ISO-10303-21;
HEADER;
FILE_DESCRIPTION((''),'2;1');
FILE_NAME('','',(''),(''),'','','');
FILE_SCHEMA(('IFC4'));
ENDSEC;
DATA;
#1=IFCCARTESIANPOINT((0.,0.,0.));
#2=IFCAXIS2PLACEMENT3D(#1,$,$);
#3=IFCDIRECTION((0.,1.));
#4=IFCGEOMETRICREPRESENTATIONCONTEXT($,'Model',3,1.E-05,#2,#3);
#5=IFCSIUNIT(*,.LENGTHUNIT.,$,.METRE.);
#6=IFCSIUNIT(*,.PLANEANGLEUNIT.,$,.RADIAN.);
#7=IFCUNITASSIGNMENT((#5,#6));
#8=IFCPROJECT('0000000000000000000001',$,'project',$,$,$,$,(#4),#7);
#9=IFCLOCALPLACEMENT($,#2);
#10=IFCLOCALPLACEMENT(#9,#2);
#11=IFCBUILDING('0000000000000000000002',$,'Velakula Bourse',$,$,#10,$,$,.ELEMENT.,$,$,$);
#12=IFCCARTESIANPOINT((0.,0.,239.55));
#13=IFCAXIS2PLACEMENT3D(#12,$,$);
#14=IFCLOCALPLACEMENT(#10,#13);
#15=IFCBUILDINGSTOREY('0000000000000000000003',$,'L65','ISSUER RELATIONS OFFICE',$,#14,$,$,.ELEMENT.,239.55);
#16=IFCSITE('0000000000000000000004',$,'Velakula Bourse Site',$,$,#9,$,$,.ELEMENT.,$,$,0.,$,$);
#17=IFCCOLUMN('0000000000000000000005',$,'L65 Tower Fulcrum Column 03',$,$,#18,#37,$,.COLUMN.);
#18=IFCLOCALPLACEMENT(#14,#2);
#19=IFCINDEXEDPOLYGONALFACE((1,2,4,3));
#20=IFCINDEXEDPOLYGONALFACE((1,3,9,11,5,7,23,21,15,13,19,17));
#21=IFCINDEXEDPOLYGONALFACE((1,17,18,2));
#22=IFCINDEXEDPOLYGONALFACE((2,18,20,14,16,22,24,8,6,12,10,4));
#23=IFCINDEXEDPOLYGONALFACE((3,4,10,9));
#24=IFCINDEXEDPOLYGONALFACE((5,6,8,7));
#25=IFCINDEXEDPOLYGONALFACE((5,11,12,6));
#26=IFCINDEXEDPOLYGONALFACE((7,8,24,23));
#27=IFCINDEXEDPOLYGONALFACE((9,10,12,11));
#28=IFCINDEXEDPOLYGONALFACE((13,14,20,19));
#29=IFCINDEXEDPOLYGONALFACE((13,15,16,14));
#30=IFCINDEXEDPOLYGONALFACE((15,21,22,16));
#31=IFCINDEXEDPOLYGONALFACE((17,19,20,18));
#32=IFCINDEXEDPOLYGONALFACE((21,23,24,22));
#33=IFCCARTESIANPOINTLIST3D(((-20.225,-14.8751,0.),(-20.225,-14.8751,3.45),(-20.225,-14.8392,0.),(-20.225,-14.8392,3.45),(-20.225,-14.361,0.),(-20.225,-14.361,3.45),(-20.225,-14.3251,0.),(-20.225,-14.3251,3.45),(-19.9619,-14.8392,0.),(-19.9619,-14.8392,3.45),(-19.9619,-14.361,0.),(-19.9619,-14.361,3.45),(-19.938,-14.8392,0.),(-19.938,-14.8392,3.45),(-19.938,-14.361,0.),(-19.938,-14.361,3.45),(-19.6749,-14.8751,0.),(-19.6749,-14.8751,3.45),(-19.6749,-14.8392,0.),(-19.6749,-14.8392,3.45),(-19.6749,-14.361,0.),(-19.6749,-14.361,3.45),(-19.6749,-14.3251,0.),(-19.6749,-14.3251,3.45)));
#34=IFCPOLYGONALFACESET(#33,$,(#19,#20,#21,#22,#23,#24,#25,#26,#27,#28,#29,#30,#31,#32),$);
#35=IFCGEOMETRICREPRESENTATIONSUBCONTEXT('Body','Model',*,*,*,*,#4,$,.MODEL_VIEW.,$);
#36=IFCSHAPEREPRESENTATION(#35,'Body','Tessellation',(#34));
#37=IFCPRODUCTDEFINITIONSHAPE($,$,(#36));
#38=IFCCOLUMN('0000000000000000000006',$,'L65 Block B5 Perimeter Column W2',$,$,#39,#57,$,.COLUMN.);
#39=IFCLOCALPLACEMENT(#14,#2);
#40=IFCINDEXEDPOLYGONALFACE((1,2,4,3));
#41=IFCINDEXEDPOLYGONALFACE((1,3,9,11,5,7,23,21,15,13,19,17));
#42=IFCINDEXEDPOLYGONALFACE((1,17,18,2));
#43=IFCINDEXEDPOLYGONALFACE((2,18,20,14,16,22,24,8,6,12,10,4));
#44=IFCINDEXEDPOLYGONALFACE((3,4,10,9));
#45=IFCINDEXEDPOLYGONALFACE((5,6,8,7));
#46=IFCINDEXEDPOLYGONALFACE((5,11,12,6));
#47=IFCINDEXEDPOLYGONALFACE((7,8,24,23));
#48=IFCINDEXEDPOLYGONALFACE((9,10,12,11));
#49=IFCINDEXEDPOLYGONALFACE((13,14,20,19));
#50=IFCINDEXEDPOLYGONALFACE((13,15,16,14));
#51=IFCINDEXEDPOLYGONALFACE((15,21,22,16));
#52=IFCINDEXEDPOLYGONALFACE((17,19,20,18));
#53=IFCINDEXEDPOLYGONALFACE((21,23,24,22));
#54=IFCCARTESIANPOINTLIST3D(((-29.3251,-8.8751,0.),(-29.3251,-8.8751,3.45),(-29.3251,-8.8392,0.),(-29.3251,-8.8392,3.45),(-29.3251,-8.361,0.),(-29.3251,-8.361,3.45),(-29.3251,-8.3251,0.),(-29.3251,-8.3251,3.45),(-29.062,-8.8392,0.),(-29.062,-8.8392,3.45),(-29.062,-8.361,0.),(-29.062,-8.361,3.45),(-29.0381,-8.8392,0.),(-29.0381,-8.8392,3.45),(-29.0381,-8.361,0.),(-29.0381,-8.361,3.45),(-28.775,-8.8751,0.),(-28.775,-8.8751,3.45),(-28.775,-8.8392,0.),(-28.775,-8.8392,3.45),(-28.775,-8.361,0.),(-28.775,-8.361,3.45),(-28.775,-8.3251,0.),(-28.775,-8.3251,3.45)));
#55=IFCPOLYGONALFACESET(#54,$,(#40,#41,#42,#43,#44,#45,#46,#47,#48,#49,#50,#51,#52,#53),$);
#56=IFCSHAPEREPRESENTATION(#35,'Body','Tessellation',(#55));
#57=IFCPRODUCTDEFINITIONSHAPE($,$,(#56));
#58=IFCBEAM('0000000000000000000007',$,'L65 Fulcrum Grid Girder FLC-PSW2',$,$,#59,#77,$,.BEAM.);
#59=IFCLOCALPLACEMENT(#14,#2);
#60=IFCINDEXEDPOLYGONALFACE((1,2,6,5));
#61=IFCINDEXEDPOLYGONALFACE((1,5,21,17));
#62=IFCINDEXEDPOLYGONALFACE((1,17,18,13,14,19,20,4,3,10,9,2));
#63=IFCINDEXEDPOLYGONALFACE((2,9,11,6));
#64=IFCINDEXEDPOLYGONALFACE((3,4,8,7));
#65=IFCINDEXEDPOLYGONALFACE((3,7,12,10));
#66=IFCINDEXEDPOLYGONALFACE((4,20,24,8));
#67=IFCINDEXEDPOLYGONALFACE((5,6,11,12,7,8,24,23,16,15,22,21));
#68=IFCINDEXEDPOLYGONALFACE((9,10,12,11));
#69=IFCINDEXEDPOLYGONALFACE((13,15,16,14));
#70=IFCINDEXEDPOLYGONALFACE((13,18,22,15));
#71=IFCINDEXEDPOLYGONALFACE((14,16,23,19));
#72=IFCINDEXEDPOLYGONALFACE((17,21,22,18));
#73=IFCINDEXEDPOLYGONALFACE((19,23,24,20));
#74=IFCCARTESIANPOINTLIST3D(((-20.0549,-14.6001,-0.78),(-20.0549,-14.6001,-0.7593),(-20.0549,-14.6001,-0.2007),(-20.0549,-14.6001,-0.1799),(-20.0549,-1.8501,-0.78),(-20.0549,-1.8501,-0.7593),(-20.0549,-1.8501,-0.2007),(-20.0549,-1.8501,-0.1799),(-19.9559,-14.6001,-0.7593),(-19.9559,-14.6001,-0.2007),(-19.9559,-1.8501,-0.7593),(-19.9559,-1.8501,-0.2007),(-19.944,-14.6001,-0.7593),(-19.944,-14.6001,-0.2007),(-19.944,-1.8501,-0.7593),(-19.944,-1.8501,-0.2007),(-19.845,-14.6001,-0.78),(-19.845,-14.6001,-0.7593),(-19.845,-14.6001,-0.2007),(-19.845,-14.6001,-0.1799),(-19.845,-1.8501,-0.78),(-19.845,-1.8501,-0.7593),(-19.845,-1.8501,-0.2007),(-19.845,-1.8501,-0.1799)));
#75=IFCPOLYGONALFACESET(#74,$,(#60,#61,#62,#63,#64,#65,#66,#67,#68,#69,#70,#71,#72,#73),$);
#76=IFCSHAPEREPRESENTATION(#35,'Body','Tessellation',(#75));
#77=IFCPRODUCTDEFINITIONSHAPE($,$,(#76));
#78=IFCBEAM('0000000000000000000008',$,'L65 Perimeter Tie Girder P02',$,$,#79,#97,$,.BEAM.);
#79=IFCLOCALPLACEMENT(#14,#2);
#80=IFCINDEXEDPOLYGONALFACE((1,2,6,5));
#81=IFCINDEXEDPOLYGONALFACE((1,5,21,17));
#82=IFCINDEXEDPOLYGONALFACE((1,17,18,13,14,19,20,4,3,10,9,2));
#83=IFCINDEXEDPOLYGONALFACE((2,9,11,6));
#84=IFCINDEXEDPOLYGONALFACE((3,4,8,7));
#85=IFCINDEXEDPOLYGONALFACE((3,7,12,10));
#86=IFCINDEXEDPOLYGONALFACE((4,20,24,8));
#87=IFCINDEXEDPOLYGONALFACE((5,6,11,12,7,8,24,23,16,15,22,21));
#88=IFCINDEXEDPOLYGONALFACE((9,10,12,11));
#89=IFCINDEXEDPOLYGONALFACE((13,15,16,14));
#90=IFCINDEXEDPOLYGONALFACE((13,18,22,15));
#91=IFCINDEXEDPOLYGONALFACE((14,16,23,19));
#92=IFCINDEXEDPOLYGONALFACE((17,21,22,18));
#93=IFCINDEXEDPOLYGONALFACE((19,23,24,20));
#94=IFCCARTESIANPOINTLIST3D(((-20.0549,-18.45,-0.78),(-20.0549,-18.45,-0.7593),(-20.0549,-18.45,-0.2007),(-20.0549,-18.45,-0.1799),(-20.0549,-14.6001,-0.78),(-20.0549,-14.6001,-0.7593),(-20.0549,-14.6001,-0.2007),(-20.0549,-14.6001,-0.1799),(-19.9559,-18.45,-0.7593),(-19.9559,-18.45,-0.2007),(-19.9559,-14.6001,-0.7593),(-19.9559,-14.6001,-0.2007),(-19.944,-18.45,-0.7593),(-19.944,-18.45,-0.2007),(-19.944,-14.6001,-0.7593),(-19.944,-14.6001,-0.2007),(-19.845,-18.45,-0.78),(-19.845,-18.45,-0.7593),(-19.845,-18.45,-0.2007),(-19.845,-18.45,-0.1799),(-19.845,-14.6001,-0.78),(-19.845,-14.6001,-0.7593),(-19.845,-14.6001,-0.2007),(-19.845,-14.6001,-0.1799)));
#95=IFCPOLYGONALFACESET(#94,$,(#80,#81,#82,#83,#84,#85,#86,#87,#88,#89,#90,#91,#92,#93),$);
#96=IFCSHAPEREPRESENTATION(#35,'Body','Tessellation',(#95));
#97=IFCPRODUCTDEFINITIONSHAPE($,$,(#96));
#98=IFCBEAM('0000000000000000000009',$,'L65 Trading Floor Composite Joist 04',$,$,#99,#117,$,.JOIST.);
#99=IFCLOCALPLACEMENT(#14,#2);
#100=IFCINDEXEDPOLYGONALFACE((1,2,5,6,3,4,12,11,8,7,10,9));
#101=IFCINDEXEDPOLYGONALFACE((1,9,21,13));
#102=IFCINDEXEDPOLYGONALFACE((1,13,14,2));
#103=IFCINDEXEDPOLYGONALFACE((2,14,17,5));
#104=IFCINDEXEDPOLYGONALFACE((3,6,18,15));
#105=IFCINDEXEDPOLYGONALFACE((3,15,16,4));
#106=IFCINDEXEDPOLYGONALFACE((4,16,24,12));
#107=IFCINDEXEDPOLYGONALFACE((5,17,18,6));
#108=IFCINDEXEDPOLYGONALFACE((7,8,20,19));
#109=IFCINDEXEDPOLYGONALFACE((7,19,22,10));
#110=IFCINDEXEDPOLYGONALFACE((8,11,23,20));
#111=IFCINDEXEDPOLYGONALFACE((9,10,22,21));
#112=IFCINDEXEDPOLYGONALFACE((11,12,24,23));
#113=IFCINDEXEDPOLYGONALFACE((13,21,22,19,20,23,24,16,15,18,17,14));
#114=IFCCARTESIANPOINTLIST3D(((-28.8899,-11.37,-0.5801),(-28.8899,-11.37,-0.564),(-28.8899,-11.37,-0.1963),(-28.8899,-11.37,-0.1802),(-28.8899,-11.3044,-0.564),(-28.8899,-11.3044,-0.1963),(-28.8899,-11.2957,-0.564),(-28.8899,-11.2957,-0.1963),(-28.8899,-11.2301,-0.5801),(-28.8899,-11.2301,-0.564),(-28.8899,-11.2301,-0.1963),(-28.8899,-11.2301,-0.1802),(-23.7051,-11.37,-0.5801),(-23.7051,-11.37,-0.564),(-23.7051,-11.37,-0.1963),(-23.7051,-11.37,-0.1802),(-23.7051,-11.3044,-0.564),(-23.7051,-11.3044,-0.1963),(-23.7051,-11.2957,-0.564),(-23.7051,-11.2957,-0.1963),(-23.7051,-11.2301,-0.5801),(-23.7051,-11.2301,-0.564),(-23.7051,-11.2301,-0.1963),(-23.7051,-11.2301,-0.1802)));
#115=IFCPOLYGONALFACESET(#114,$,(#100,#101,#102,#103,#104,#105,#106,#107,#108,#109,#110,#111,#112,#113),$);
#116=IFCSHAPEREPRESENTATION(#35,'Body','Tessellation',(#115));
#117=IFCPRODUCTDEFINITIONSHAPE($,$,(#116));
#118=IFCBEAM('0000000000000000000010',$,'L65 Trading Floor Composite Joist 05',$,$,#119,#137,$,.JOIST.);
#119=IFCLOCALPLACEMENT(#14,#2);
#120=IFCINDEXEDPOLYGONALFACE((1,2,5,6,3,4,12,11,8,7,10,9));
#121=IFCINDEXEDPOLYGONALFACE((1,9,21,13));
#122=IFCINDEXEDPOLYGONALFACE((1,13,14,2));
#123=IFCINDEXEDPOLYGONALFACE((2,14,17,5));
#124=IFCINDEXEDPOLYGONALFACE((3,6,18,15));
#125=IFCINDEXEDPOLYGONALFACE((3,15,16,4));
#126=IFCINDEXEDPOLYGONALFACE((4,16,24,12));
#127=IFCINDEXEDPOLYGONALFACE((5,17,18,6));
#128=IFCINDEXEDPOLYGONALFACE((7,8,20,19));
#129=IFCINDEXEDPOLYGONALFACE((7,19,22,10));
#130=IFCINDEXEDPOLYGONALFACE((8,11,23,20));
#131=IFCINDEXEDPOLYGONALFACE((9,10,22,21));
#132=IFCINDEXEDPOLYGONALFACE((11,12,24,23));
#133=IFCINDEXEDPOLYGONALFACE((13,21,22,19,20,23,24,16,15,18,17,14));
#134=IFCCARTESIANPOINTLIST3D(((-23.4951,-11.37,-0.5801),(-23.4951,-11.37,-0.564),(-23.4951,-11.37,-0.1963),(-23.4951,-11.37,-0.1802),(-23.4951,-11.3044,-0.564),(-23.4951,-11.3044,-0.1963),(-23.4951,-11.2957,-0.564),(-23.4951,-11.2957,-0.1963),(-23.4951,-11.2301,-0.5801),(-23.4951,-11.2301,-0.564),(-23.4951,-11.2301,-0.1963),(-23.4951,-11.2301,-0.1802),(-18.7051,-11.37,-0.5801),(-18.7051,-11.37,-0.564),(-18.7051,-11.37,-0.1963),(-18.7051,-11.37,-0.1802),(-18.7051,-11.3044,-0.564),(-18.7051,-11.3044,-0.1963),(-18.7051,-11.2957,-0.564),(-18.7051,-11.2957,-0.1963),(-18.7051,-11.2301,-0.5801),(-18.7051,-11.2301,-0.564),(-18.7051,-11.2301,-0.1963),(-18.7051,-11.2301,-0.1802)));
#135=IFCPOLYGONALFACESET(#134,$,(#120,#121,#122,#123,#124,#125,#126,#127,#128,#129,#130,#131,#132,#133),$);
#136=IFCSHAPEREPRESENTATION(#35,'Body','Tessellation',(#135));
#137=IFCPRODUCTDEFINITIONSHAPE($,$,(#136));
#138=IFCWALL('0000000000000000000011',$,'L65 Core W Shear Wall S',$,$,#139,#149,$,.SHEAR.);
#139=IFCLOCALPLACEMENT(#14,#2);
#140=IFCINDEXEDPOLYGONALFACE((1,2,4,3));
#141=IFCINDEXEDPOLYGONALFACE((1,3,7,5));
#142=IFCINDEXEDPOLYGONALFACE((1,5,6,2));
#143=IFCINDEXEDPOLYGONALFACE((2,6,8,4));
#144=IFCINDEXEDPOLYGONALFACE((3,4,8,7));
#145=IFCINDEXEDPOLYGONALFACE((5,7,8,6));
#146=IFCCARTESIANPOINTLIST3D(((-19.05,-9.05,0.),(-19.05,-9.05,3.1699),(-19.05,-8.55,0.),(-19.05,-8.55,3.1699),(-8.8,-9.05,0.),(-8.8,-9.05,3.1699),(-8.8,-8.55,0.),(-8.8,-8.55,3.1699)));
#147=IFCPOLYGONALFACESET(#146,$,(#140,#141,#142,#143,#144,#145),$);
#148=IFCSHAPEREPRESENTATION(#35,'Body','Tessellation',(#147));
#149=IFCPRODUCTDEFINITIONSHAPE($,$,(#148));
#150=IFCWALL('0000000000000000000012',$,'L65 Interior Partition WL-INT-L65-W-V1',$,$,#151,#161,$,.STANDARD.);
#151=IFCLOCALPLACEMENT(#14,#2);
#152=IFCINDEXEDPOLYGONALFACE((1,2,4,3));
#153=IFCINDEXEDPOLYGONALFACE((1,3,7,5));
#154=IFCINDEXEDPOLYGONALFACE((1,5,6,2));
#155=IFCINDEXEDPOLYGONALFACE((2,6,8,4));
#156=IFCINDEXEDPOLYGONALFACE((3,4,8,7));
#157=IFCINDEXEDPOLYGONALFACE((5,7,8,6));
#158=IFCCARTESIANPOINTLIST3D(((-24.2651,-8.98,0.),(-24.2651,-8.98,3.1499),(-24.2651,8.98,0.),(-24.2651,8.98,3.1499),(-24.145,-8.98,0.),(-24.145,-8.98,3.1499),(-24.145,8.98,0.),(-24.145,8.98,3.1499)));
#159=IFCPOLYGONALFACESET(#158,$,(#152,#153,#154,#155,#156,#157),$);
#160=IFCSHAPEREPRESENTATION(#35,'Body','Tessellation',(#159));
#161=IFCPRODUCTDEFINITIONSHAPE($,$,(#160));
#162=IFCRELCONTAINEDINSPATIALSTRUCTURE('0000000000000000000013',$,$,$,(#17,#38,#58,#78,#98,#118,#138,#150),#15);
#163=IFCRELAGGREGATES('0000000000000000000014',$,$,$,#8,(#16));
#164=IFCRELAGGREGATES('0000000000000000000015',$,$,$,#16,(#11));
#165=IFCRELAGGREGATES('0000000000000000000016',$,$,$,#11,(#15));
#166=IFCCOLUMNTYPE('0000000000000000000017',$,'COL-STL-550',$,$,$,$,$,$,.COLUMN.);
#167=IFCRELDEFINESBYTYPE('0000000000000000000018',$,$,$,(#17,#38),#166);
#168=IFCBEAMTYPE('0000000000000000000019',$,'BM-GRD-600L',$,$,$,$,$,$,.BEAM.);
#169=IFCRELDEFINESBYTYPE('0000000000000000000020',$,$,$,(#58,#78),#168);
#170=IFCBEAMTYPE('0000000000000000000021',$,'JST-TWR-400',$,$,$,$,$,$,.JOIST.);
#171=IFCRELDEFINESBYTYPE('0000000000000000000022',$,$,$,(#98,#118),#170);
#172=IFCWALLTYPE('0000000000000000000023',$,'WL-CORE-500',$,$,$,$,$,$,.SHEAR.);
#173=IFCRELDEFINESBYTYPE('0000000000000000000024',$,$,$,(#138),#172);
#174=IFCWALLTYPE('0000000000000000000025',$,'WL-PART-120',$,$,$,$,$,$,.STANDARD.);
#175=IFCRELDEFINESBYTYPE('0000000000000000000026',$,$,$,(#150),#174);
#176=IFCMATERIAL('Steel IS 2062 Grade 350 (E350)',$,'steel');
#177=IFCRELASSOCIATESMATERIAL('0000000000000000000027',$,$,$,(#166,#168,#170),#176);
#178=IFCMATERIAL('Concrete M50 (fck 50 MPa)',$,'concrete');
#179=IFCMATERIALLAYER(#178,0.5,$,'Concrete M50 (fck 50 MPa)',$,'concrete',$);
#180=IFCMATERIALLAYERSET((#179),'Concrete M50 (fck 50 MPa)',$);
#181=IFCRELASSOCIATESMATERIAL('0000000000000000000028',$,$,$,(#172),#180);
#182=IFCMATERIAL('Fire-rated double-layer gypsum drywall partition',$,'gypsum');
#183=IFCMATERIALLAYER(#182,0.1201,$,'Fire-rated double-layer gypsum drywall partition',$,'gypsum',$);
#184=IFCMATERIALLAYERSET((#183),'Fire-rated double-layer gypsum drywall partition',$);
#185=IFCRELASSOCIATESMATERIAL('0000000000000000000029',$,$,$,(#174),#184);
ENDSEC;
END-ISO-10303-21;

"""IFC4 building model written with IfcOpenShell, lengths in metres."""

from ifc_helpers import new_model, si_unit, direction, frame, frame_2d, origin, origin_2d, place, context, subcontext, project, spatial, rectangle, i_section, extrude, material, layer, layer_set, material_profile, profile_set, type_object, element, save


model = new_model("IFC4")

# Units and contexts
model_context = context("Model", 3, precision=1e-05, world=origin(), true_north=direction((0.0, 1.0)))
body_context = subcontext(model_context, "Body", "Model", "MODEL_VIEW")
ifc_project = project(units=[si_unit("LENGTHUNIT", "METRE"), si_unit("PLANEANGLEUNIT", "RADIAN")], contexts=[model_context])

# Site, building, storey
site_placement = place(None, origin())
site = spatial("IfcSite", under=ifc_project, at=site_placement, Name="Velakula Bourse Site", CompositionType="ELEMENT", RefElevation=0.0)
building_placement = place(site_placement, origin())
building = spatial("IfcBuilding", under=site, at=building_placement, Name="Velakula Bourse", CompositionType="ELEMENT")
storey_placement = place(building_placement, frame((0.0, 0.0, 239.55)))
storey = spatial("IfcBuildingStorey", under=building, at=storey_placement, Name="L65", Description="ISSUER RELATIONS OFFICE", CompositionType="ELEMENT", Elevation=239.55)

# Columns
ifc_material_1 = material(Name="Steel IS 2062 Grade 350 (E350)", Category="steel")
ifc_material_profile_1 = material_profile(ifc_material_1, i_section(OverallWidth=0.55, OverallDepth=0.55, WebThickness=0.0239, FlangeThickness=0.0359, at=origin_2d()), Name="Steel IS 2062 Grade 350 (E350)")
ifc_profile_set_1 = profile_set([ifc_material_profile_1], Name="Steel IS 2062 Grade 350 (E350)")
column_type = type_object("IfcColumnType", Name="COL-STL-550", PredefinedType="COLUMN", material=ifc_profile_set_1)
for number, where, z_axis, x_axis, name in (
    (1, (-19.95, -14.6001, 0.0), (0.0, 0.0, 1.0), (1.0, 0.0, 0.0), "L65 Tower Fulcrum Column 03"),
    (2, (-29.05, -8.6001, 0.0), (0.0, 0.0, 1.0), (1.0, 0.0, 0.0), "L65 Block B5 Perimeter Column W2"),
):
    element("IfcColumn", number, at=place(storey_placement, frame(where, z_axis=z_axis, x_axis=x_axis)), inside=storey, type_object=column_type, Name=name, PredefinedType="COLUMN", context=body_context, shape_type="SweptSolid", body=[
        extrude(i_section(OverallWidth=0.55, OverallDepth=0.55, WebThickness=0.0239, FlangeThickness=0.0359, at=origin_2d()), origin(), (0.0, 0.0, 1.0), 3.45),
    ])

# Beams
ifc_material_profile_2 = material_profile(ifc_material_1, i_section(OverallWidth=0.21, OverallDepth=0.6001, WebThickness=0.012, FlangeThickness=0.0208, at=origin_2d()), Name="Steel IS 2062 Grade 350 (E350)")
ifc_profile_set_2 = profile_set([ifc_material_profile_2], Name="Steel IS 2062 Grade 350 (E350)")
beam_type_1 = type_object("IfcBeamType", Name="BM-GRD-600L", PredefinedType="BEAM", material=ifc_profile_set_2)
beam_1_placement = place(storey_placement, frame((-19.95, -14.6001, -0.48), z_axis=(0.0, 1.0, 0.0), x_axis=(-1.0, 0.0, 0.0)))
element("IfcBeam", 3, at=beam_1_placement, inside=storey, type_object=beam_type_1, Name="L65 Fulcrum Grid Girder FLC-PSW2", PredefinedType="BEAM", context=body_context, shape_type="SweptSolid", body=[
    extrude(i_section(OverallWidth=0.21, OverallDepth=0.6001, WebThickness=0.012, FlangeThickness=0.0208, at=origin_2d()), origin(), (0.0, 0.0, 1.0), 12.75),
])
beam_2_placement = place(storey_placement, frame((-19.95, -14.6001, -0.48), z_axis=(0.0, -1.0, 0.0), x_axis=(1.0, 0.0, 0.0)))
element("IfcBeam", 4, at=beam_2_placement, inside=storey, type_object=beam_type_1, Name="L65 Perimeter Tie Girder P02", PredefinedType="BEAM", context=body_context, shape_type="SweptSolid", body=[
    extrude(i_section(OverallWidth=0.21, OverallDepth=0.6001, WebThickness=0.012, FlangeThickness=0.0208, at=origin_2d()), origin(), (0.0, 0.0, 1.0), 3.8499),
])
ifc_material_profile_3 = material_profile(ifc_material_1, i_section(OverallWidth=0.1399, OverallDepth=0.3999, WebThickness=0.0088, FlangeThickness=0.0161, at=origin_2d()), Name="Steel IS 2062 Grade 350 (E350)")
ifc_profile_set_3 = profile_set([ifc_material_profile_3], Name="Steel IS 2062 Grade 350 (E350)")
beam_type_2 = type_object("IfcBeamType", Name="JST-TWR-400", PredefinedType="JOIST", material=ifc_profile_set_3)
beam_3_placement = place(storey_placement, frame((-28.8899, -11.3, -0.3801), z_axis=(1.0, 0.0, 0.0), x_axis=(0.0, 1.0, 0.0)))
element("IfcBeam", 5, at=beam_3_placement, inside=storey, type_object=beam_type_2, Name="L65 Trading Floor Composite Joist 04", PredefinedType="JOIST", context=body_context, shape_type="SweptSolid", body=[
    extrude(i_section(OverallWidth=0.1399, OverallDepth=0.3999, WebThickness=0.0088, FlangeThickness=0.0161, at=origin_2d()), origin(), (0.0, 0.0, 1.0), 5.1848),
])
beam_4_placement = place(storey_placement, frame((-23.4951, -11.3, -0.3801), z_axis=(1.0, 0.0, 0.0), x_axis=(0.0, 1.0, 0.0)))
element("IfcBeam", 6, at=beam_4_placement, inside=storey, type_object=beam_type_2, Name="L65 Trading Floor Composite Joist 05", PredefinedType="JOIST", context=body_context, shape_type="SweptSolid", body=[
    extrude(i_section(OverallWidth=0.1399, OverallDepth=0.3999, WebThickness=0.0088, FlangeThickness=0.0161, at=origin_2d()), origin(), (0.0, 0.0, 1.0), 4.79),
])

# Walls
ifc_material_2 = material(Name="Concrete M50 (fck 50 MPa)", Category="concrete")
ifc_layer_1 = layer(ifc_material_2, 0.5, Name="Concrete M50 (fck 50 MPa)", Category="concrete")
ifc_layer_set_1 = layer_set([ifc_layer_1], Name="Concrete M50 (fck 50 MPa)")
wall_type_1 = type_object("IfcWallType", Name="WL-CORE-500", PredefinedType="SHEAR", material=ifc_layer_set_1)
wall_1_placement = place(storey_placement, frame((-19.05, -8.8, 0.0), z_axis=(0.0, 0.0, 1.0), x_axis=(1.0, 0.0, 0.0)))
element("IfcWall", 7, at=wall_1_placement, inside=storey, type_object=wall_type_1, Name="L65 Core W Shear Wall S", PredefinedType="SHEAR", context=body_context, shape_type="SweptSolid", body=[
    extrude(rectangle(XDim=10.25, YDim=0.5, at=frame_2d((5.125, 0.0))), origin(), (0.0, 0.0, 1.0), 3.1699),
])
ifc_material_3 = material(Name="Fire-rated double-layer gypsum drywall partition", Category="gypsum")
ifc_layer_2 = layer(ifc_material_3, 0.1201, Name="Fire-rated double-layer gypsum drywall partition", Category="gypsum")
ifc_layer_set_2 = layer_set([ifc_layer_2], Name="Fire-rated double-layer gypsum drywall partition")
wall_type_2 = type_object("IfcWallType", Name="WL-PART-120", PredefinedType="STANDARD", material=ifc_layer_set_2)
wall_2_placement = place(storey_placement, frame((-24.2051, -8.98, 0.0), z_axis=(0.0, 0.0, 1.0), x_axis=(0.0, 1.0, 0.0)))
element("IfcWall", 8, at=wall_2_placement, inside=storey, type_object=wall_type_2, Name="L65 Interior Partition WL-INT-L65-W-V1", PredefinedType="STANDARD", context=body_context, shape_type="SweptSolid", body=[
    extrude(rectangle(XDim=17.96, YDim=0.1201, at=frame_2d((8.98, 0.0))), origin(), (0.0, 0.0, 1.0), 3.1499),
])

save(model, "model.ifc")
